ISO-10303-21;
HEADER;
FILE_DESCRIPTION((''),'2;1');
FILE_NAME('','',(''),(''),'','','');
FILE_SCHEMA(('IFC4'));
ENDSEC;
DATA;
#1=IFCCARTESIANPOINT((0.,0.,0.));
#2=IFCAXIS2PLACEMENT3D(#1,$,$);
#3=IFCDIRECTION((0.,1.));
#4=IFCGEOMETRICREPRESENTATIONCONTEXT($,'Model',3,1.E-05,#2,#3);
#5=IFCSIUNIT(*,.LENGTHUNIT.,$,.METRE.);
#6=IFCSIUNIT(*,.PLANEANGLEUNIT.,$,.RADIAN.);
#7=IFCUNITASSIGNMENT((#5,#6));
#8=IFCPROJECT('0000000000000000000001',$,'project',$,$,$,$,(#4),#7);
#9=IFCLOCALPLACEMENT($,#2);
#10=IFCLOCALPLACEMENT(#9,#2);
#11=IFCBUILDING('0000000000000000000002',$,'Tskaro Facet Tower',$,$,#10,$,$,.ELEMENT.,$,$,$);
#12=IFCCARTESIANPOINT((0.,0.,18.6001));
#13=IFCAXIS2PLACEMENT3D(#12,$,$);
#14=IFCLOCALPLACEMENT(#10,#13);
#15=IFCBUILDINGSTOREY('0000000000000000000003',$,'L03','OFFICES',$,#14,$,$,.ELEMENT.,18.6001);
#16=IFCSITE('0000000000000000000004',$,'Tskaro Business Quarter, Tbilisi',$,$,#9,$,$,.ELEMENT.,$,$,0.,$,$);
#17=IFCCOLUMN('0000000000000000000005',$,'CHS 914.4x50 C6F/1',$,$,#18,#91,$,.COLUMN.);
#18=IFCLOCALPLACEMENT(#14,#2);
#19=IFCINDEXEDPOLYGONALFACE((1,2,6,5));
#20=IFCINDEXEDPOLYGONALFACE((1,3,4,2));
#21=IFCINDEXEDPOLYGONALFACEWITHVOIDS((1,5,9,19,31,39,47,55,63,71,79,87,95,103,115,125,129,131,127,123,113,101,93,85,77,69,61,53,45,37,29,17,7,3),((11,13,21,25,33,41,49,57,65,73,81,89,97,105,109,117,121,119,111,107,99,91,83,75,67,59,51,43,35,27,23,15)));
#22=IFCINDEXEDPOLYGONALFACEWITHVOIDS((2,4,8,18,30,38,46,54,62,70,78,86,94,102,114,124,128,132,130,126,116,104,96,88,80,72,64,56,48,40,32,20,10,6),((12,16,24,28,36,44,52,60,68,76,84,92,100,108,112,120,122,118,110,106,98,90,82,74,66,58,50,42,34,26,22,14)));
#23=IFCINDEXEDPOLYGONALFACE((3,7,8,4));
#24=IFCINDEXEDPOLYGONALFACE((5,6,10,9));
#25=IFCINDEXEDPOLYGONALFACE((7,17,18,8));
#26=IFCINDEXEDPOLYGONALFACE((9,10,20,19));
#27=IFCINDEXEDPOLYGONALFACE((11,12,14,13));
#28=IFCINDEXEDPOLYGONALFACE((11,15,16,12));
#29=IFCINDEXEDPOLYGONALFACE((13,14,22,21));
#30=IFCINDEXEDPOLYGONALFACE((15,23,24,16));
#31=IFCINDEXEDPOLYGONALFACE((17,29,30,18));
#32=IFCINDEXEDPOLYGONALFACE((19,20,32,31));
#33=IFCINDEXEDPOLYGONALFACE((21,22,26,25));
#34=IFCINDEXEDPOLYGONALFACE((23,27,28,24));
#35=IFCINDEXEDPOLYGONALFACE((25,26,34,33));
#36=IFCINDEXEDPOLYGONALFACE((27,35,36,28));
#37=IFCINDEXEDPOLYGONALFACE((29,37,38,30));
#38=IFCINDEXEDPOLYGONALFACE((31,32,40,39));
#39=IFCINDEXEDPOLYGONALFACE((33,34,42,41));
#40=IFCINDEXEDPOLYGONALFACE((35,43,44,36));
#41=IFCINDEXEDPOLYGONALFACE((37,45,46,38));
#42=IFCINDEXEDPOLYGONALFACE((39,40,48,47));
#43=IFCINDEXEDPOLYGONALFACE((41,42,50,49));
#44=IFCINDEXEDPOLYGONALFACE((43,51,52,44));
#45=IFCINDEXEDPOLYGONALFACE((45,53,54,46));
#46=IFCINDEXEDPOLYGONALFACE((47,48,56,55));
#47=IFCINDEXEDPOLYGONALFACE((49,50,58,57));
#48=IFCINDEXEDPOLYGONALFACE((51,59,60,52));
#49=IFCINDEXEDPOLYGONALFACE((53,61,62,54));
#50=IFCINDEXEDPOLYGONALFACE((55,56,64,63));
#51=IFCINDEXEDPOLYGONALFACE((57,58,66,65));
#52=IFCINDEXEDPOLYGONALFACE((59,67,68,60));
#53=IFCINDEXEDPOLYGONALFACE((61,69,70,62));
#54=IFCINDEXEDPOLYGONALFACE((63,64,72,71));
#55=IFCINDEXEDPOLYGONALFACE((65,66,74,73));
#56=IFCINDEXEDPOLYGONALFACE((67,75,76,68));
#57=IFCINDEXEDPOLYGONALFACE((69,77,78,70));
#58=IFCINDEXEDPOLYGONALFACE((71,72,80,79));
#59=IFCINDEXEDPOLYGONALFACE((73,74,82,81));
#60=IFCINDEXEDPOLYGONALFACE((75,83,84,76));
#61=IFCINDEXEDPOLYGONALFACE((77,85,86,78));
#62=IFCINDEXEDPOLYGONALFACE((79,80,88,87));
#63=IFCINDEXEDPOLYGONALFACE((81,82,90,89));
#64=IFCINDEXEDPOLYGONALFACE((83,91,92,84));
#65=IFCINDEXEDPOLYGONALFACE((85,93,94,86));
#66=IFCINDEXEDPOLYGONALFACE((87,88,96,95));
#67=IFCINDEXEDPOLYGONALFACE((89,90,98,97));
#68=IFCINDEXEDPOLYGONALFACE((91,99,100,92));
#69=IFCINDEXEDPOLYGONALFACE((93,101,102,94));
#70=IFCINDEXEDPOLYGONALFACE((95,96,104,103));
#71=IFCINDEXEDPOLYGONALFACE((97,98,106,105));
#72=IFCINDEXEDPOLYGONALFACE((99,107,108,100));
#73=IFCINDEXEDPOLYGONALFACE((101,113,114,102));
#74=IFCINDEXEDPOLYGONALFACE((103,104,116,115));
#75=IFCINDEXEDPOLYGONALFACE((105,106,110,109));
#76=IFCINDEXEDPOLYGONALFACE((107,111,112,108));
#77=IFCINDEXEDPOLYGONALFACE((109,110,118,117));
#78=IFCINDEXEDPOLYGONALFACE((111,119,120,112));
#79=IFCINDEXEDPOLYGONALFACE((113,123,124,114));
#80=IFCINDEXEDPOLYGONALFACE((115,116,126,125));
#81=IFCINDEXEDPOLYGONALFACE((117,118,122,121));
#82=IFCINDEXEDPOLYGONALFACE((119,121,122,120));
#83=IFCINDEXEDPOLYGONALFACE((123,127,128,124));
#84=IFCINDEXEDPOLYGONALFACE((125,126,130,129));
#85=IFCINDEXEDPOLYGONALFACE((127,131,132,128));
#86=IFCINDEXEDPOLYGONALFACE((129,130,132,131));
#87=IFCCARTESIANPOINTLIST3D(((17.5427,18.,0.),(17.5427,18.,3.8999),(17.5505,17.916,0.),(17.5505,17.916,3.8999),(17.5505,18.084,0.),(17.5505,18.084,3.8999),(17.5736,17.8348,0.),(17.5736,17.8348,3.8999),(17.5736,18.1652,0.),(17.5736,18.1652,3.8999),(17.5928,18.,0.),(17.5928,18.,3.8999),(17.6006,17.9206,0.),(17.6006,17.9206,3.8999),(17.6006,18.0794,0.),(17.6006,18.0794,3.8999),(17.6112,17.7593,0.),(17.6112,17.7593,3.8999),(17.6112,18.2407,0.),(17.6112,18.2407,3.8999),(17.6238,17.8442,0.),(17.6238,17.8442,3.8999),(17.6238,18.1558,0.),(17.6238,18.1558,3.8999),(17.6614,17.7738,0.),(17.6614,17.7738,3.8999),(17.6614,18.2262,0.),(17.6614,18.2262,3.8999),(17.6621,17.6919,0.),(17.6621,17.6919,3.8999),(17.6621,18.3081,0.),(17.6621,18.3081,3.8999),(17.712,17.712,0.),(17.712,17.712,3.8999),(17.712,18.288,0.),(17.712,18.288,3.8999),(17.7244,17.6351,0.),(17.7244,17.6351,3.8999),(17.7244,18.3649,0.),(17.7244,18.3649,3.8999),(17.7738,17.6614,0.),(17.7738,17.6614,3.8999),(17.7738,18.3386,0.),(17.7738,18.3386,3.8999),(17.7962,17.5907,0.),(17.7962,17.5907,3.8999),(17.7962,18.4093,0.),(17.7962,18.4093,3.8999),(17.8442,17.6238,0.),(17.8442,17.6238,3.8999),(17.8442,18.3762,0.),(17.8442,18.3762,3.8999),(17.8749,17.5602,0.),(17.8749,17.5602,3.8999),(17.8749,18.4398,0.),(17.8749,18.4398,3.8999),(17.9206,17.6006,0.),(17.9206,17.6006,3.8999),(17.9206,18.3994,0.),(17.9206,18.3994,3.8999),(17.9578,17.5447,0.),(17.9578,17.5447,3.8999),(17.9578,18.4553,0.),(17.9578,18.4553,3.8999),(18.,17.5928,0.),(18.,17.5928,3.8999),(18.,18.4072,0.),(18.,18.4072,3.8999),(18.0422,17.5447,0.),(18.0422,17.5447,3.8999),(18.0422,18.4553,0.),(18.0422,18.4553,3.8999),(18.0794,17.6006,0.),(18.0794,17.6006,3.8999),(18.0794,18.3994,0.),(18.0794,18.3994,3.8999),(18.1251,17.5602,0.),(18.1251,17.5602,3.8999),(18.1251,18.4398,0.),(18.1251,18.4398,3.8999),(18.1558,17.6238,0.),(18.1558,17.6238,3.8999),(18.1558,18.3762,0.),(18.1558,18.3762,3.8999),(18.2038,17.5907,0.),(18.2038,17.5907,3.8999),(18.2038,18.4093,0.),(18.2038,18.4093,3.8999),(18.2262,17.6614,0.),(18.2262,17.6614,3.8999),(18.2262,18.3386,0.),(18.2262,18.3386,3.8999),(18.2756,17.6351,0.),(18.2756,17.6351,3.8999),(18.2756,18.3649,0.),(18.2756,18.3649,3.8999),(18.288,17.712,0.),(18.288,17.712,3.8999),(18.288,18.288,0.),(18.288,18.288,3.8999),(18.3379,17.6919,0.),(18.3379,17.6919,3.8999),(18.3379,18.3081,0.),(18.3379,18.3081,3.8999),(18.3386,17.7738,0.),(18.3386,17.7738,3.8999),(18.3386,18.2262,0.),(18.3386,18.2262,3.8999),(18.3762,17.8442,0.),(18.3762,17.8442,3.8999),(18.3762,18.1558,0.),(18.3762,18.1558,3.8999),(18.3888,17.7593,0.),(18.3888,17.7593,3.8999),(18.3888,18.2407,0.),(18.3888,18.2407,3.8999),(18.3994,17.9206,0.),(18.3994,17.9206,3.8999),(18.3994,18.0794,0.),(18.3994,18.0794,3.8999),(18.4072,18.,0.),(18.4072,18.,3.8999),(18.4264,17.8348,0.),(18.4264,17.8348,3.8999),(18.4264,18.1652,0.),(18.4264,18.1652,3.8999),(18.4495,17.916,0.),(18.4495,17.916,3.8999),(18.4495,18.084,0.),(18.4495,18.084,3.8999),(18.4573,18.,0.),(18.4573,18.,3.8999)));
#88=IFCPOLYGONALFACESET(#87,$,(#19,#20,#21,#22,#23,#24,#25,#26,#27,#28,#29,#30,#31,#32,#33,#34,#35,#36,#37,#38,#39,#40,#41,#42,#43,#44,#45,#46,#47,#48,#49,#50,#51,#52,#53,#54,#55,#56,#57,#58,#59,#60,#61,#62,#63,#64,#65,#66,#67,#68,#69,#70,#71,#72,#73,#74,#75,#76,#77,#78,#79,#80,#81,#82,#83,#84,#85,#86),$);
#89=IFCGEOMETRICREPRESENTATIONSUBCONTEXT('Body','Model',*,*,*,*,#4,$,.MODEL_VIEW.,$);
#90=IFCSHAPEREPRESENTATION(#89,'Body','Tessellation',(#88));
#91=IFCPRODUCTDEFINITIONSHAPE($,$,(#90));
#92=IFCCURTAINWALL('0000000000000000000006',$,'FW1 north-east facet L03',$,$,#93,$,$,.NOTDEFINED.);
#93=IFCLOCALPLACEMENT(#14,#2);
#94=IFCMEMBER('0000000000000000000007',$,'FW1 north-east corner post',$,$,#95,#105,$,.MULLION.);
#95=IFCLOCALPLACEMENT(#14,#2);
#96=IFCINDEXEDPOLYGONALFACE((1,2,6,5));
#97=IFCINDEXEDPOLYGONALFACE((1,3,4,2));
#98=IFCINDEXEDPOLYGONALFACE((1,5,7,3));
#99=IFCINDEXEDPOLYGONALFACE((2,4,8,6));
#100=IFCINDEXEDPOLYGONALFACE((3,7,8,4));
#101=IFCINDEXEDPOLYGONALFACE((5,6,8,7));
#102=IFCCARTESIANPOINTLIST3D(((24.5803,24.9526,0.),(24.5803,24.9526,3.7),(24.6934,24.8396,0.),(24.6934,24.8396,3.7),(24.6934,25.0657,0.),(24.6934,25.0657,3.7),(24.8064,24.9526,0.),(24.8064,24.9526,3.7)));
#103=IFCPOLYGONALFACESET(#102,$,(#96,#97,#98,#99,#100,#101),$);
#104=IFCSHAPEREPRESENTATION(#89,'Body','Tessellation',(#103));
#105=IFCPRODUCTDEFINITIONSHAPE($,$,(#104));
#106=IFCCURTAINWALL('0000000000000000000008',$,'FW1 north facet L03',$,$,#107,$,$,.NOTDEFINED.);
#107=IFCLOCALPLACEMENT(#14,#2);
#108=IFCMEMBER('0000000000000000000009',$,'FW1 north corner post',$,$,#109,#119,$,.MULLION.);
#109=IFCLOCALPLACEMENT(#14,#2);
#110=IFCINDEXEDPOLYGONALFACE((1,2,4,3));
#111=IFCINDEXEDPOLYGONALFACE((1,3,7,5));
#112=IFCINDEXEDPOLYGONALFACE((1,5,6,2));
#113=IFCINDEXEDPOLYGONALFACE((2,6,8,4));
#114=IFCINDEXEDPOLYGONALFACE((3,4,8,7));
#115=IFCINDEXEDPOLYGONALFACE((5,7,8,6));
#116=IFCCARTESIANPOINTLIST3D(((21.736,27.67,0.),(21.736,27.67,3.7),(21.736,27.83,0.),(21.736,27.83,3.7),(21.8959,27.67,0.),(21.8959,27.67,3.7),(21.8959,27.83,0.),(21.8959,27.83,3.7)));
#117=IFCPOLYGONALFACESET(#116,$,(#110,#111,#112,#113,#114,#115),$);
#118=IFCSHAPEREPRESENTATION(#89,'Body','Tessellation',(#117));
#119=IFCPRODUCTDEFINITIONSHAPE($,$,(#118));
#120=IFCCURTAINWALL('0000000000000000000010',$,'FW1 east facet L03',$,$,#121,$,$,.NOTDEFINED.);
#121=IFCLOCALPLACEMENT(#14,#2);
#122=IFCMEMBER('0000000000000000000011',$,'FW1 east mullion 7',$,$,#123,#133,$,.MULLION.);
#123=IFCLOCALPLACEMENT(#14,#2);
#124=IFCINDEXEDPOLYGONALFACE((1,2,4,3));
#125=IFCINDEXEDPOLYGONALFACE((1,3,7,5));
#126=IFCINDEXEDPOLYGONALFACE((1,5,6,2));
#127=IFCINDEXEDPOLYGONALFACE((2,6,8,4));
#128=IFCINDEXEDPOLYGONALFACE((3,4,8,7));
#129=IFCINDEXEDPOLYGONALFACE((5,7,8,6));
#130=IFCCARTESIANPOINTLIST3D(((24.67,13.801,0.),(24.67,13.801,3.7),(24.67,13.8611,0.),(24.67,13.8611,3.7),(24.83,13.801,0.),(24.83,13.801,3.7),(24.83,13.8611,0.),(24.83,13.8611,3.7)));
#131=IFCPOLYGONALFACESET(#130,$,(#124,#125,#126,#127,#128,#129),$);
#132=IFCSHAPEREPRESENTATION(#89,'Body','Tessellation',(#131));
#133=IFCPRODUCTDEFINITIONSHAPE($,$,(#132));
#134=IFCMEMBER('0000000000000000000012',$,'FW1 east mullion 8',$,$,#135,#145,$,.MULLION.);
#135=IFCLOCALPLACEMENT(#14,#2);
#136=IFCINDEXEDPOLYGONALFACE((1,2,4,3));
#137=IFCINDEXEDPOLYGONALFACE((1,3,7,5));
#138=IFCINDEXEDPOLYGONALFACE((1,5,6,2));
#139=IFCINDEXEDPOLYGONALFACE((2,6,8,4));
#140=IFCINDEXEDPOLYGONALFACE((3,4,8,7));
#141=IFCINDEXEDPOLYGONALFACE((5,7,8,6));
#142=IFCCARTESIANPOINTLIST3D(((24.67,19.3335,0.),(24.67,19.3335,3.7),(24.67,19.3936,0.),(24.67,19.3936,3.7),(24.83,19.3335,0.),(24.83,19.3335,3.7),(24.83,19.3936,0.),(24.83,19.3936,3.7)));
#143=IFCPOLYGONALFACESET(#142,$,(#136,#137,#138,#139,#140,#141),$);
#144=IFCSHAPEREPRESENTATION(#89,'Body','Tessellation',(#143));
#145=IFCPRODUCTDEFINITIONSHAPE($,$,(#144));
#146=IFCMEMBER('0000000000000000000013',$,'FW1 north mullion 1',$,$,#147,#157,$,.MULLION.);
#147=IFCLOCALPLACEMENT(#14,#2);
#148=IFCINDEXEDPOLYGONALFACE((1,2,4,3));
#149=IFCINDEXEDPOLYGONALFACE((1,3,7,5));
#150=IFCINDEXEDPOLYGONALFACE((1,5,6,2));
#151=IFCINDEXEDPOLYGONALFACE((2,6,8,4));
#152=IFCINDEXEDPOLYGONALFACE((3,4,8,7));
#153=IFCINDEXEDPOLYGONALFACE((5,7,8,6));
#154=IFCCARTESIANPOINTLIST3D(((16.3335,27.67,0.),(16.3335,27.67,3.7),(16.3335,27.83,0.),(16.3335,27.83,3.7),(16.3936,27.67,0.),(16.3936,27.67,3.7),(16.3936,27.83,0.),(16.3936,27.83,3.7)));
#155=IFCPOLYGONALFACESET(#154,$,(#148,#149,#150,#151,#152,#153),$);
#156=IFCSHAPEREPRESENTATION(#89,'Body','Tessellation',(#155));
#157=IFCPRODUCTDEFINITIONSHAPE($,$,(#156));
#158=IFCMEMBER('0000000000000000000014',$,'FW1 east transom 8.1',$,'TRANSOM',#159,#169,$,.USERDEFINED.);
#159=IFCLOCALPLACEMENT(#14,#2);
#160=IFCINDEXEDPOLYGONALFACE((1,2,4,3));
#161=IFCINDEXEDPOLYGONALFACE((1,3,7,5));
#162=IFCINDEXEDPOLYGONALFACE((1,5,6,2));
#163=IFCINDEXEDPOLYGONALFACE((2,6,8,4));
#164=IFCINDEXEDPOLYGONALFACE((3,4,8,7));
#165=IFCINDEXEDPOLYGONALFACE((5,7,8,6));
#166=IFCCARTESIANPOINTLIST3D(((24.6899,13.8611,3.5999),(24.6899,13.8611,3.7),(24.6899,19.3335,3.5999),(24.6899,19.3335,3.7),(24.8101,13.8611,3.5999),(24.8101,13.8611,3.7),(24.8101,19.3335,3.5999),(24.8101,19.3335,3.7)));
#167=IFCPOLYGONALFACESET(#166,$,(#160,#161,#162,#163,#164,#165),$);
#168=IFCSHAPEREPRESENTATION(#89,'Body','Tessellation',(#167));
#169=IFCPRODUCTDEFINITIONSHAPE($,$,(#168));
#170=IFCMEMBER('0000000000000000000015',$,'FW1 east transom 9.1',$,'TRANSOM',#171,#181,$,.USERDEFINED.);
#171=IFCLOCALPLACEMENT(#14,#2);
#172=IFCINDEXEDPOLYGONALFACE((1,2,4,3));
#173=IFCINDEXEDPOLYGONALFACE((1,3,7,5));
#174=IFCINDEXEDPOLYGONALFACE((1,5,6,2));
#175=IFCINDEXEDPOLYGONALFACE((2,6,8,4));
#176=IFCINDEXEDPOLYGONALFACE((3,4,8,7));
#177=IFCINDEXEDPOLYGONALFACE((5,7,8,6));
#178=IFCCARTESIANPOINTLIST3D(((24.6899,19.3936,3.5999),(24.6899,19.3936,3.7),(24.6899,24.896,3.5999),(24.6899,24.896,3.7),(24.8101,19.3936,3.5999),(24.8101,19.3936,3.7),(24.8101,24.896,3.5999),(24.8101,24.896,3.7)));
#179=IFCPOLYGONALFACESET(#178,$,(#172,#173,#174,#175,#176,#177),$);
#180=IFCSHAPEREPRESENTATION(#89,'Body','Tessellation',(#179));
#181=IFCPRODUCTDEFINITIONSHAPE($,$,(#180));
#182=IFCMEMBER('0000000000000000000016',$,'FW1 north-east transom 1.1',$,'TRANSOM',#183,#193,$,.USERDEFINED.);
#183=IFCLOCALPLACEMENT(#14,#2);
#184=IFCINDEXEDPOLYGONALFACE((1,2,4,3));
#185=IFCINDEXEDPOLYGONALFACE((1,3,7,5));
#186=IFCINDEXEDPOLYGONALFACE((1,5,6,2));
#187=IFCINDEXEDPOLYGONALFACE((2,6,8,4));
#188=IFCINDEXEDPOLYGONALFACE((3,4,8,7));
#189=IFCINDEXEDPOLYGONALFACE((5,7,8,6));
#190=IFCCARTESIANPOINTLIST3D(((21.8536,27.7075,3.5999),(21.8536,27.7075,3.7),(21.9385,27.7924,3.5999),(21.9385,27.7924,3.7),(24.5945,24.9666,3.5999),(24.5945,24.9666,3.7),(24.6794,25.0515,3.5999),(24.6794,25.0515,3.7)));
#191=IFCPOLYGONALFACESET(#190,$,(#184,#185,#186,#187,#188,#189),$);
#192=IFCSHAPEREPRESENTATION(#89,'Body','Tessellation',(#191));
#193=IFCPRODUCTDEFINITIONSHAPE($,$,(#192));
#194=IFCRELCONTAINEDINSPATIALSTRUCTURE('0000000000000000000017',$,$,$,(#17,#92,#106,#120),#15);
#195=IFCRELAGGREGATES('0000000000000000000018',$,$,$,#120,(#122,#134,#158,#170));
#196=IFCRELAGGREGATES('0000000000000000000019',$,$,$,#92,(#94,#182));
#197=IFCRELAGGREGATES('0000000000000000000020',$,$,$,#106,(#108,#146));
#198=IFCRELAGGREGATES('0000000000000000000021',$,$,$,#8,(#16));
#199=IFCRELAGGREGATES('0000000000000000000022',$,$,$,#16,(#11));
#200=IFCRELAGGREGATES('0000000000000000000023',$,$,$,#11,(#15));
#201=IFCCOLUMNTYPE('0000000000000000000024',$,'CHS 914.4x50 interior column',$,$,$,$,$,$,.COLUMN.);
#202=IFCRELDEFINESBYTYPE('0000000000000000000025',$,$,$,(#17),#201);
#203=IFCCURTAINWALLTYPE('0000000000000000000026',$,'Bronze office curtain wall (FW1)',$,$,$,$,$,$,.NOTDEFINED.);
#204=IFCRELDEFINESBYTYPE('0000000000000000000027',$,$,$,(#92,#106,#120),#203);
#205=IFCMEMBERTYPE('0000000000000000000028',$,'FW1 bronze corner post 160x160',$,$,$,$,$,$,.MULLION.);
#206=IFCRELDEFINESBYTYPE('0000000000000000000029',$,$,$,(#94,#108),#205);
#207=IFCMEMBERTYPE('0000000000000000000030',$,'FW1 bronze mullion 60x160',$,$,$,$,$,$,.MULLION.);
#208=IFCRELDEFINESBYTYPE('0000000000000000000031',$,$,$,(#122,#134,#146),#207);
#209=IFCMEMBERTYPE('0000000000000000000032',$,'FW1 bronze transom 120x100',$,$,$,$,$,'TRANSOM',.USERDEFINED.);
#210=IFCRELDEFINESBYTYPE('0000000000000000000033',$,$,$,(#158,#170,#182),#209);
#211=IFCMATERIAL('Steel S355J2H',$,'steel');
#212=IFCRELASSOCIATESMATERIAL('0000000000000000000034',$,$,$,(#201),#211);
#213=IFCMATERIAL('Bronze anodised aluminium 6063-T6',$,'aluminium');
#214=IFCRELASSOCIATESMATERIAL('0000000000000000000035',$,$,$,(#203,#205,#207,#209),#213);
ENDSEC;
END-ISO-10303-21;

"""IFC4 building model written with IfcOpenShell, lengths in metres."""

from ifc_helpers import new_model, si_unit, direction, frame, origin, origin_2d, place, context, subcontext, project, spatial, rectangle, hollow_circle, extrude, material, material_profile, profile_set, type_object, element, aggregate, save


model = new_model("IFC4")

# Units and contexts
model_context = context("Model", 3, precision=1e-05, world=origin(), true_north=direction((0.0, 1.0)))
body_context = subcontext(model_context, "Body", "Model", "MODEL_VIEW")
ifc_project = project(units=[si_unit("LENGTHUNIT", "METRE"), si_unit("PLANEANGLEUNIT", "RADIAN")], contexts=[model_context])

# Site, building, storey
site_placement = place(None, origin())
site = spatial("IfcSite", under=ifc_project, at=site_placement, Name="Tskaro Business Quarter, Tbilisi", CompositionType="ELEMENT", RefElevation=0.0)
building_placement = place(site_placement, origin())
building = spatial("IfcBuilding", under=site, at=building_placement, Name="Tskaro Facet Tower", CompositionType="ELEMENT")
storey_placement = place(building_placement, frame((0.0, 0.0, 18.6001)))
storey = spatial("IfcBuildingStorey", under=building, at=storey_placement, Name="L03", Description="OFFICES", CompositionType="ELEMENT", Elevation=18.6001)

# Column
ifc_material_1 = material(Name="Steel S355J2H", Category="steel")
ifc_material_profile_1 = material_profile(ifc_material_1, hollow_circle(Radius=0.4573, WallThickness=0.05, at=origin_2d()), Name="CHS 914.4x50")
ifc_profile_set_1 = profile_set([ifc_material_profile_1], Name="Steel S355J2H")
column_type_1 = type_object("IfcColumnType", Name="CHS 914.4x50 interior column", PredefinedType="COLUMN", material=ifc_profile_set_1)
column_placement = place(storey_placement, frame((18.0, 18.0, 0.0), z_axis=(0.0, 0.0, 1.0), x_axis=(1.0, 0.0, 0.0)))
element("IfcColumn", 1, at=column_placement, inside=storey, type_object=column_type_1, Name="CHS 914.4x50 C6F/1", PredefinedType="COLUMN", context=body_context, shape_type="SweptSolid", body=[
    extrude(hollow_circle(Radius=0.4573, WallThickness=0.05, at=origin_2d()), origin(), (0.0, 0.0, 1.0), 3.8999),
])

# Curtain walls, members
ifc_material_2 = material(Name="Bronze anodised aluminium 6063-T6", Category="aluminium")
curtain_wall_type = type_object("IfcCurtainWallType", Name="Bronze office curtain wall (FW1)", PredefinedType="NOTDEFINED", material=ifc_material_2)
curtain_wall_1_placement = place(storey_placement, origin())
curtain_wall_1 = element("IfcCurtainWall", 2, at=curtain_wall_1_placement, inside=storey, type_object=curtain_wall_type, Name="FW1 north-east facet L03", PredefinedType="NOTDEFINED")
ifc_material_profile_2 = material_profile(ifc_material_2, rectangle(XDim=0.1599, YDim=0.1599, at=origin_2d()), Name="Corner post 160x160")
ifc_profile_set_2 = profile_set([ifc_material_profile_2], Name="Bronze anodised aluminium 6063-T6")
member_type_1 = type_object("IfcMemberType", Name="FW1 bronze corner post 160x160", PredefinedType="MULLION", material=ifc_profile_set_2)
member_1_placement = place(storey_placement, frame((24.6934, 24.9526, 0.0), z_axis=(0.0, 0.0, 1.0), x_axis=(-0.707107, 0.707107, 0.0)))
member_1 = element("IfcMember", 3, at=member_1_placement, type_object=member_type_1, Name="FW1 north-east corner post", PredefinedType="MULLION", context=body_context, shape_type="SweptSolid", body=[
    extrude(rectangle(XDim=0.1599, YDim=0.1599, at=origin_2d()), origin(), (0.0, 0.0, 1.0), 3.7),
])
curtain_wall_2_placement = place(storey_placement, origin())
curtain_wall_2 = element("IfcCurtainWall", 4, at=curtain_wall_2_placement, inside=storey, type_object=curtain_wall_type, Name="FW1 north facet L03", PredefinedType="NOTDEFINED")
member_2_placement = place(storey_placement, frame((21.8159, 27.75, 0.0), z_axis=(0.0, 0.0, 1.0), x_axis=(-1.0, 0.0, 0.0)))
member_2 = element("IfcMember", 5, at=member_2_placement, type_object=member_type_1, Name="FW1 north corner post", PredefinedType="MULLION", context=body_context, shape_type="SweptSolid", body=[
    extrude(rectangle(XDim=0.1599, YDim=0.1599, at=origin_2d()), origin(), (0.0, 0.0, 1.0), 3.7),
])

# Curtain wall, members
curtain_wall_3_placement = place(storey_placement, origin())
curtain_wall_3 = element("IfcCurtainWall", 6, at=curtain_wall_3_placement, inside=storey, type_object=curtain_wall_type, Name="FW1 east facet L03", PredefinedType="NOTDEFINED")
ifc_material_profile_3 = material_profile(ifc_material_2, rectangle(XDim=0.0601, YDim=0.1599, at=origin_2d()), Name="Mullion 60x160")
ifc_profile_set_3 = profile_set([ifc_material_profile_3], Name="Bronze anodised aluminium 6063-T6")
member_type_2 = type_object("IfcMemberType", Name="FW1 bronze mullion 60x160", PredefinedType="MULLION", material=ifc_profile_set_3)
member_3_placement = place(storey_placement, frame((24.75, 13.8311, 0.0), z_axis=(0.0, 0.0, 1.0), x_axis=(0.0, 1.0, 0.0)))
member_3 = element("IfcMember", 7, at=member_3_placement, type_object=member_type_2, Name="FW1 east mullion 7", PredefinedType="MULLION", context=body_context, shape_type="SweptSolid", body=[
    extrude(rectangle(XDim=0.0601, YDim=0.1599, at=origin_2d()), origin(), (0.0, 0.0, 1.0), 3.7),
])
member_4_placement = place(storey_placement, frame((24.75, 19.3635, 0.0), z_axis=(0.0, 0.0, 1.0), x_axis=(0.0, 1.0, 0.0)))
member_4 = element("IfcMember", 8, at=member_4_placement, type_object=member_type_2, Name="FW1 east mullion 8", PredefinedType="MULLION", context=body_context, shape_type="SweptSolid", body=[
    extrude(rectangle(XDim=0.0601, YDim=0.1599, at=origin_2d()), origin(), (0.0, 0.0, 1.0), 3.7),
])

# Members
member_5_placement = place(storey_placement, frame((16.3635, 27.75, 0.0), z_axis=(0.0, 0.0, 1.0), x_axis=(-1.0, 0.0, 0.0)))
member_5 = element("IfcMember", 9, at=member_5_placement, type_object=member_type_2, Name="FW1 north mullion 1", PredefinedType="MULLION", context=body_context, shape_type="SweptSolid", body=[
    extrude(rectangle(XDim=0.0601, YDim=0.1599, at=origin_2d()), origin(), (0.0, 0.0, 1.0), 3.7),
])
ifc_material_profile_4 = material_profile(ifc_material_2, rectangle(XDim=0.1201, YDim=0.1001, at=origin_2d()), Name="Transom 120x100")
ifc_profile_set_4 = profile_set([ifc_material_profile_4], Name="Bronze anodised aluminium 6063-T6")
member_type_3 = type_object("IfcMemberType", Name="FW1 bronze transom 120x100", ElementType="TRANSOM", PredefinedType="USERDEFINED", material=ifc_profile_set_4)
member_6_placement = place(storey_placement, frame((24.75, 13.8611, 3.6499), z_axis=(0.0, 1.0, 0.0), x_axis=(-1.0, 0.0, 0.0)))
member_6 = element("IfcMember", 10, at=member_6_placement, type_object=member_type_3, Name="FW1 east transom 8.1", ObjectType="TRANSOM", PredefinedType="USERDEFINED", context=body_context, shape_type="SweptSolid", body=[
    extrude(rectangle(XDim=0.1201, YDim=0.1001, at=origin_2d()), origin(), (0.0, 0.0, 1.0), 5.4724),
])
member_7_placement = place(storey_placement, frame((24.75, 19.3936, 3.6499), z_axis=(0.0, 1.0, 0.0), x_axis=(-1.0, 0.0, 0.0)))
member_7 = element("IfcMember", 11, at=member_7_placement, type_object=member_type_3, Name="FW1 east transom 9.1", ObjectType="TRANSOM", PredefinedType="USERDEFINED", context=body_context, shape_type="SweptSolid", body=[
    extrude(rectangle(XDim=0.1201, YDim=0.1001, at=origin_2d()), origin(), (0.0, 0.0, 1.0), 5.5024),
])
member_8_placement = place(storey_placement, frame((24.637, 25.009, 3.6499), z_axis=(-0.707107, 0.707107, 0.0), x_axis=(-0.707107, -0.707107, 0.0)))
member_8 = element("IfcMember", 12, at=member_8_placement, type_object=member_type_3, Name="FW1 north-east transom 1.1", ObjectType="TRANSOM", PredefinedType="USERDEFINED", context=body_context, shape_type="SweptSolid", body=[
    extrude(rectangle(XDim=0.1201, YDim=0.1001, at=origin_2d()), origin(), (0.0, 0.0, 1.0), 3.8762),
])

aggregate(curtain_wall_3, [member_3, member_4, member_6, member_7])
aggregate(curtain_wall_1, [member_1, member_8])
aggregate(curtain_wall_2, [member_2, member_5])

save(model, "model.ifc")
